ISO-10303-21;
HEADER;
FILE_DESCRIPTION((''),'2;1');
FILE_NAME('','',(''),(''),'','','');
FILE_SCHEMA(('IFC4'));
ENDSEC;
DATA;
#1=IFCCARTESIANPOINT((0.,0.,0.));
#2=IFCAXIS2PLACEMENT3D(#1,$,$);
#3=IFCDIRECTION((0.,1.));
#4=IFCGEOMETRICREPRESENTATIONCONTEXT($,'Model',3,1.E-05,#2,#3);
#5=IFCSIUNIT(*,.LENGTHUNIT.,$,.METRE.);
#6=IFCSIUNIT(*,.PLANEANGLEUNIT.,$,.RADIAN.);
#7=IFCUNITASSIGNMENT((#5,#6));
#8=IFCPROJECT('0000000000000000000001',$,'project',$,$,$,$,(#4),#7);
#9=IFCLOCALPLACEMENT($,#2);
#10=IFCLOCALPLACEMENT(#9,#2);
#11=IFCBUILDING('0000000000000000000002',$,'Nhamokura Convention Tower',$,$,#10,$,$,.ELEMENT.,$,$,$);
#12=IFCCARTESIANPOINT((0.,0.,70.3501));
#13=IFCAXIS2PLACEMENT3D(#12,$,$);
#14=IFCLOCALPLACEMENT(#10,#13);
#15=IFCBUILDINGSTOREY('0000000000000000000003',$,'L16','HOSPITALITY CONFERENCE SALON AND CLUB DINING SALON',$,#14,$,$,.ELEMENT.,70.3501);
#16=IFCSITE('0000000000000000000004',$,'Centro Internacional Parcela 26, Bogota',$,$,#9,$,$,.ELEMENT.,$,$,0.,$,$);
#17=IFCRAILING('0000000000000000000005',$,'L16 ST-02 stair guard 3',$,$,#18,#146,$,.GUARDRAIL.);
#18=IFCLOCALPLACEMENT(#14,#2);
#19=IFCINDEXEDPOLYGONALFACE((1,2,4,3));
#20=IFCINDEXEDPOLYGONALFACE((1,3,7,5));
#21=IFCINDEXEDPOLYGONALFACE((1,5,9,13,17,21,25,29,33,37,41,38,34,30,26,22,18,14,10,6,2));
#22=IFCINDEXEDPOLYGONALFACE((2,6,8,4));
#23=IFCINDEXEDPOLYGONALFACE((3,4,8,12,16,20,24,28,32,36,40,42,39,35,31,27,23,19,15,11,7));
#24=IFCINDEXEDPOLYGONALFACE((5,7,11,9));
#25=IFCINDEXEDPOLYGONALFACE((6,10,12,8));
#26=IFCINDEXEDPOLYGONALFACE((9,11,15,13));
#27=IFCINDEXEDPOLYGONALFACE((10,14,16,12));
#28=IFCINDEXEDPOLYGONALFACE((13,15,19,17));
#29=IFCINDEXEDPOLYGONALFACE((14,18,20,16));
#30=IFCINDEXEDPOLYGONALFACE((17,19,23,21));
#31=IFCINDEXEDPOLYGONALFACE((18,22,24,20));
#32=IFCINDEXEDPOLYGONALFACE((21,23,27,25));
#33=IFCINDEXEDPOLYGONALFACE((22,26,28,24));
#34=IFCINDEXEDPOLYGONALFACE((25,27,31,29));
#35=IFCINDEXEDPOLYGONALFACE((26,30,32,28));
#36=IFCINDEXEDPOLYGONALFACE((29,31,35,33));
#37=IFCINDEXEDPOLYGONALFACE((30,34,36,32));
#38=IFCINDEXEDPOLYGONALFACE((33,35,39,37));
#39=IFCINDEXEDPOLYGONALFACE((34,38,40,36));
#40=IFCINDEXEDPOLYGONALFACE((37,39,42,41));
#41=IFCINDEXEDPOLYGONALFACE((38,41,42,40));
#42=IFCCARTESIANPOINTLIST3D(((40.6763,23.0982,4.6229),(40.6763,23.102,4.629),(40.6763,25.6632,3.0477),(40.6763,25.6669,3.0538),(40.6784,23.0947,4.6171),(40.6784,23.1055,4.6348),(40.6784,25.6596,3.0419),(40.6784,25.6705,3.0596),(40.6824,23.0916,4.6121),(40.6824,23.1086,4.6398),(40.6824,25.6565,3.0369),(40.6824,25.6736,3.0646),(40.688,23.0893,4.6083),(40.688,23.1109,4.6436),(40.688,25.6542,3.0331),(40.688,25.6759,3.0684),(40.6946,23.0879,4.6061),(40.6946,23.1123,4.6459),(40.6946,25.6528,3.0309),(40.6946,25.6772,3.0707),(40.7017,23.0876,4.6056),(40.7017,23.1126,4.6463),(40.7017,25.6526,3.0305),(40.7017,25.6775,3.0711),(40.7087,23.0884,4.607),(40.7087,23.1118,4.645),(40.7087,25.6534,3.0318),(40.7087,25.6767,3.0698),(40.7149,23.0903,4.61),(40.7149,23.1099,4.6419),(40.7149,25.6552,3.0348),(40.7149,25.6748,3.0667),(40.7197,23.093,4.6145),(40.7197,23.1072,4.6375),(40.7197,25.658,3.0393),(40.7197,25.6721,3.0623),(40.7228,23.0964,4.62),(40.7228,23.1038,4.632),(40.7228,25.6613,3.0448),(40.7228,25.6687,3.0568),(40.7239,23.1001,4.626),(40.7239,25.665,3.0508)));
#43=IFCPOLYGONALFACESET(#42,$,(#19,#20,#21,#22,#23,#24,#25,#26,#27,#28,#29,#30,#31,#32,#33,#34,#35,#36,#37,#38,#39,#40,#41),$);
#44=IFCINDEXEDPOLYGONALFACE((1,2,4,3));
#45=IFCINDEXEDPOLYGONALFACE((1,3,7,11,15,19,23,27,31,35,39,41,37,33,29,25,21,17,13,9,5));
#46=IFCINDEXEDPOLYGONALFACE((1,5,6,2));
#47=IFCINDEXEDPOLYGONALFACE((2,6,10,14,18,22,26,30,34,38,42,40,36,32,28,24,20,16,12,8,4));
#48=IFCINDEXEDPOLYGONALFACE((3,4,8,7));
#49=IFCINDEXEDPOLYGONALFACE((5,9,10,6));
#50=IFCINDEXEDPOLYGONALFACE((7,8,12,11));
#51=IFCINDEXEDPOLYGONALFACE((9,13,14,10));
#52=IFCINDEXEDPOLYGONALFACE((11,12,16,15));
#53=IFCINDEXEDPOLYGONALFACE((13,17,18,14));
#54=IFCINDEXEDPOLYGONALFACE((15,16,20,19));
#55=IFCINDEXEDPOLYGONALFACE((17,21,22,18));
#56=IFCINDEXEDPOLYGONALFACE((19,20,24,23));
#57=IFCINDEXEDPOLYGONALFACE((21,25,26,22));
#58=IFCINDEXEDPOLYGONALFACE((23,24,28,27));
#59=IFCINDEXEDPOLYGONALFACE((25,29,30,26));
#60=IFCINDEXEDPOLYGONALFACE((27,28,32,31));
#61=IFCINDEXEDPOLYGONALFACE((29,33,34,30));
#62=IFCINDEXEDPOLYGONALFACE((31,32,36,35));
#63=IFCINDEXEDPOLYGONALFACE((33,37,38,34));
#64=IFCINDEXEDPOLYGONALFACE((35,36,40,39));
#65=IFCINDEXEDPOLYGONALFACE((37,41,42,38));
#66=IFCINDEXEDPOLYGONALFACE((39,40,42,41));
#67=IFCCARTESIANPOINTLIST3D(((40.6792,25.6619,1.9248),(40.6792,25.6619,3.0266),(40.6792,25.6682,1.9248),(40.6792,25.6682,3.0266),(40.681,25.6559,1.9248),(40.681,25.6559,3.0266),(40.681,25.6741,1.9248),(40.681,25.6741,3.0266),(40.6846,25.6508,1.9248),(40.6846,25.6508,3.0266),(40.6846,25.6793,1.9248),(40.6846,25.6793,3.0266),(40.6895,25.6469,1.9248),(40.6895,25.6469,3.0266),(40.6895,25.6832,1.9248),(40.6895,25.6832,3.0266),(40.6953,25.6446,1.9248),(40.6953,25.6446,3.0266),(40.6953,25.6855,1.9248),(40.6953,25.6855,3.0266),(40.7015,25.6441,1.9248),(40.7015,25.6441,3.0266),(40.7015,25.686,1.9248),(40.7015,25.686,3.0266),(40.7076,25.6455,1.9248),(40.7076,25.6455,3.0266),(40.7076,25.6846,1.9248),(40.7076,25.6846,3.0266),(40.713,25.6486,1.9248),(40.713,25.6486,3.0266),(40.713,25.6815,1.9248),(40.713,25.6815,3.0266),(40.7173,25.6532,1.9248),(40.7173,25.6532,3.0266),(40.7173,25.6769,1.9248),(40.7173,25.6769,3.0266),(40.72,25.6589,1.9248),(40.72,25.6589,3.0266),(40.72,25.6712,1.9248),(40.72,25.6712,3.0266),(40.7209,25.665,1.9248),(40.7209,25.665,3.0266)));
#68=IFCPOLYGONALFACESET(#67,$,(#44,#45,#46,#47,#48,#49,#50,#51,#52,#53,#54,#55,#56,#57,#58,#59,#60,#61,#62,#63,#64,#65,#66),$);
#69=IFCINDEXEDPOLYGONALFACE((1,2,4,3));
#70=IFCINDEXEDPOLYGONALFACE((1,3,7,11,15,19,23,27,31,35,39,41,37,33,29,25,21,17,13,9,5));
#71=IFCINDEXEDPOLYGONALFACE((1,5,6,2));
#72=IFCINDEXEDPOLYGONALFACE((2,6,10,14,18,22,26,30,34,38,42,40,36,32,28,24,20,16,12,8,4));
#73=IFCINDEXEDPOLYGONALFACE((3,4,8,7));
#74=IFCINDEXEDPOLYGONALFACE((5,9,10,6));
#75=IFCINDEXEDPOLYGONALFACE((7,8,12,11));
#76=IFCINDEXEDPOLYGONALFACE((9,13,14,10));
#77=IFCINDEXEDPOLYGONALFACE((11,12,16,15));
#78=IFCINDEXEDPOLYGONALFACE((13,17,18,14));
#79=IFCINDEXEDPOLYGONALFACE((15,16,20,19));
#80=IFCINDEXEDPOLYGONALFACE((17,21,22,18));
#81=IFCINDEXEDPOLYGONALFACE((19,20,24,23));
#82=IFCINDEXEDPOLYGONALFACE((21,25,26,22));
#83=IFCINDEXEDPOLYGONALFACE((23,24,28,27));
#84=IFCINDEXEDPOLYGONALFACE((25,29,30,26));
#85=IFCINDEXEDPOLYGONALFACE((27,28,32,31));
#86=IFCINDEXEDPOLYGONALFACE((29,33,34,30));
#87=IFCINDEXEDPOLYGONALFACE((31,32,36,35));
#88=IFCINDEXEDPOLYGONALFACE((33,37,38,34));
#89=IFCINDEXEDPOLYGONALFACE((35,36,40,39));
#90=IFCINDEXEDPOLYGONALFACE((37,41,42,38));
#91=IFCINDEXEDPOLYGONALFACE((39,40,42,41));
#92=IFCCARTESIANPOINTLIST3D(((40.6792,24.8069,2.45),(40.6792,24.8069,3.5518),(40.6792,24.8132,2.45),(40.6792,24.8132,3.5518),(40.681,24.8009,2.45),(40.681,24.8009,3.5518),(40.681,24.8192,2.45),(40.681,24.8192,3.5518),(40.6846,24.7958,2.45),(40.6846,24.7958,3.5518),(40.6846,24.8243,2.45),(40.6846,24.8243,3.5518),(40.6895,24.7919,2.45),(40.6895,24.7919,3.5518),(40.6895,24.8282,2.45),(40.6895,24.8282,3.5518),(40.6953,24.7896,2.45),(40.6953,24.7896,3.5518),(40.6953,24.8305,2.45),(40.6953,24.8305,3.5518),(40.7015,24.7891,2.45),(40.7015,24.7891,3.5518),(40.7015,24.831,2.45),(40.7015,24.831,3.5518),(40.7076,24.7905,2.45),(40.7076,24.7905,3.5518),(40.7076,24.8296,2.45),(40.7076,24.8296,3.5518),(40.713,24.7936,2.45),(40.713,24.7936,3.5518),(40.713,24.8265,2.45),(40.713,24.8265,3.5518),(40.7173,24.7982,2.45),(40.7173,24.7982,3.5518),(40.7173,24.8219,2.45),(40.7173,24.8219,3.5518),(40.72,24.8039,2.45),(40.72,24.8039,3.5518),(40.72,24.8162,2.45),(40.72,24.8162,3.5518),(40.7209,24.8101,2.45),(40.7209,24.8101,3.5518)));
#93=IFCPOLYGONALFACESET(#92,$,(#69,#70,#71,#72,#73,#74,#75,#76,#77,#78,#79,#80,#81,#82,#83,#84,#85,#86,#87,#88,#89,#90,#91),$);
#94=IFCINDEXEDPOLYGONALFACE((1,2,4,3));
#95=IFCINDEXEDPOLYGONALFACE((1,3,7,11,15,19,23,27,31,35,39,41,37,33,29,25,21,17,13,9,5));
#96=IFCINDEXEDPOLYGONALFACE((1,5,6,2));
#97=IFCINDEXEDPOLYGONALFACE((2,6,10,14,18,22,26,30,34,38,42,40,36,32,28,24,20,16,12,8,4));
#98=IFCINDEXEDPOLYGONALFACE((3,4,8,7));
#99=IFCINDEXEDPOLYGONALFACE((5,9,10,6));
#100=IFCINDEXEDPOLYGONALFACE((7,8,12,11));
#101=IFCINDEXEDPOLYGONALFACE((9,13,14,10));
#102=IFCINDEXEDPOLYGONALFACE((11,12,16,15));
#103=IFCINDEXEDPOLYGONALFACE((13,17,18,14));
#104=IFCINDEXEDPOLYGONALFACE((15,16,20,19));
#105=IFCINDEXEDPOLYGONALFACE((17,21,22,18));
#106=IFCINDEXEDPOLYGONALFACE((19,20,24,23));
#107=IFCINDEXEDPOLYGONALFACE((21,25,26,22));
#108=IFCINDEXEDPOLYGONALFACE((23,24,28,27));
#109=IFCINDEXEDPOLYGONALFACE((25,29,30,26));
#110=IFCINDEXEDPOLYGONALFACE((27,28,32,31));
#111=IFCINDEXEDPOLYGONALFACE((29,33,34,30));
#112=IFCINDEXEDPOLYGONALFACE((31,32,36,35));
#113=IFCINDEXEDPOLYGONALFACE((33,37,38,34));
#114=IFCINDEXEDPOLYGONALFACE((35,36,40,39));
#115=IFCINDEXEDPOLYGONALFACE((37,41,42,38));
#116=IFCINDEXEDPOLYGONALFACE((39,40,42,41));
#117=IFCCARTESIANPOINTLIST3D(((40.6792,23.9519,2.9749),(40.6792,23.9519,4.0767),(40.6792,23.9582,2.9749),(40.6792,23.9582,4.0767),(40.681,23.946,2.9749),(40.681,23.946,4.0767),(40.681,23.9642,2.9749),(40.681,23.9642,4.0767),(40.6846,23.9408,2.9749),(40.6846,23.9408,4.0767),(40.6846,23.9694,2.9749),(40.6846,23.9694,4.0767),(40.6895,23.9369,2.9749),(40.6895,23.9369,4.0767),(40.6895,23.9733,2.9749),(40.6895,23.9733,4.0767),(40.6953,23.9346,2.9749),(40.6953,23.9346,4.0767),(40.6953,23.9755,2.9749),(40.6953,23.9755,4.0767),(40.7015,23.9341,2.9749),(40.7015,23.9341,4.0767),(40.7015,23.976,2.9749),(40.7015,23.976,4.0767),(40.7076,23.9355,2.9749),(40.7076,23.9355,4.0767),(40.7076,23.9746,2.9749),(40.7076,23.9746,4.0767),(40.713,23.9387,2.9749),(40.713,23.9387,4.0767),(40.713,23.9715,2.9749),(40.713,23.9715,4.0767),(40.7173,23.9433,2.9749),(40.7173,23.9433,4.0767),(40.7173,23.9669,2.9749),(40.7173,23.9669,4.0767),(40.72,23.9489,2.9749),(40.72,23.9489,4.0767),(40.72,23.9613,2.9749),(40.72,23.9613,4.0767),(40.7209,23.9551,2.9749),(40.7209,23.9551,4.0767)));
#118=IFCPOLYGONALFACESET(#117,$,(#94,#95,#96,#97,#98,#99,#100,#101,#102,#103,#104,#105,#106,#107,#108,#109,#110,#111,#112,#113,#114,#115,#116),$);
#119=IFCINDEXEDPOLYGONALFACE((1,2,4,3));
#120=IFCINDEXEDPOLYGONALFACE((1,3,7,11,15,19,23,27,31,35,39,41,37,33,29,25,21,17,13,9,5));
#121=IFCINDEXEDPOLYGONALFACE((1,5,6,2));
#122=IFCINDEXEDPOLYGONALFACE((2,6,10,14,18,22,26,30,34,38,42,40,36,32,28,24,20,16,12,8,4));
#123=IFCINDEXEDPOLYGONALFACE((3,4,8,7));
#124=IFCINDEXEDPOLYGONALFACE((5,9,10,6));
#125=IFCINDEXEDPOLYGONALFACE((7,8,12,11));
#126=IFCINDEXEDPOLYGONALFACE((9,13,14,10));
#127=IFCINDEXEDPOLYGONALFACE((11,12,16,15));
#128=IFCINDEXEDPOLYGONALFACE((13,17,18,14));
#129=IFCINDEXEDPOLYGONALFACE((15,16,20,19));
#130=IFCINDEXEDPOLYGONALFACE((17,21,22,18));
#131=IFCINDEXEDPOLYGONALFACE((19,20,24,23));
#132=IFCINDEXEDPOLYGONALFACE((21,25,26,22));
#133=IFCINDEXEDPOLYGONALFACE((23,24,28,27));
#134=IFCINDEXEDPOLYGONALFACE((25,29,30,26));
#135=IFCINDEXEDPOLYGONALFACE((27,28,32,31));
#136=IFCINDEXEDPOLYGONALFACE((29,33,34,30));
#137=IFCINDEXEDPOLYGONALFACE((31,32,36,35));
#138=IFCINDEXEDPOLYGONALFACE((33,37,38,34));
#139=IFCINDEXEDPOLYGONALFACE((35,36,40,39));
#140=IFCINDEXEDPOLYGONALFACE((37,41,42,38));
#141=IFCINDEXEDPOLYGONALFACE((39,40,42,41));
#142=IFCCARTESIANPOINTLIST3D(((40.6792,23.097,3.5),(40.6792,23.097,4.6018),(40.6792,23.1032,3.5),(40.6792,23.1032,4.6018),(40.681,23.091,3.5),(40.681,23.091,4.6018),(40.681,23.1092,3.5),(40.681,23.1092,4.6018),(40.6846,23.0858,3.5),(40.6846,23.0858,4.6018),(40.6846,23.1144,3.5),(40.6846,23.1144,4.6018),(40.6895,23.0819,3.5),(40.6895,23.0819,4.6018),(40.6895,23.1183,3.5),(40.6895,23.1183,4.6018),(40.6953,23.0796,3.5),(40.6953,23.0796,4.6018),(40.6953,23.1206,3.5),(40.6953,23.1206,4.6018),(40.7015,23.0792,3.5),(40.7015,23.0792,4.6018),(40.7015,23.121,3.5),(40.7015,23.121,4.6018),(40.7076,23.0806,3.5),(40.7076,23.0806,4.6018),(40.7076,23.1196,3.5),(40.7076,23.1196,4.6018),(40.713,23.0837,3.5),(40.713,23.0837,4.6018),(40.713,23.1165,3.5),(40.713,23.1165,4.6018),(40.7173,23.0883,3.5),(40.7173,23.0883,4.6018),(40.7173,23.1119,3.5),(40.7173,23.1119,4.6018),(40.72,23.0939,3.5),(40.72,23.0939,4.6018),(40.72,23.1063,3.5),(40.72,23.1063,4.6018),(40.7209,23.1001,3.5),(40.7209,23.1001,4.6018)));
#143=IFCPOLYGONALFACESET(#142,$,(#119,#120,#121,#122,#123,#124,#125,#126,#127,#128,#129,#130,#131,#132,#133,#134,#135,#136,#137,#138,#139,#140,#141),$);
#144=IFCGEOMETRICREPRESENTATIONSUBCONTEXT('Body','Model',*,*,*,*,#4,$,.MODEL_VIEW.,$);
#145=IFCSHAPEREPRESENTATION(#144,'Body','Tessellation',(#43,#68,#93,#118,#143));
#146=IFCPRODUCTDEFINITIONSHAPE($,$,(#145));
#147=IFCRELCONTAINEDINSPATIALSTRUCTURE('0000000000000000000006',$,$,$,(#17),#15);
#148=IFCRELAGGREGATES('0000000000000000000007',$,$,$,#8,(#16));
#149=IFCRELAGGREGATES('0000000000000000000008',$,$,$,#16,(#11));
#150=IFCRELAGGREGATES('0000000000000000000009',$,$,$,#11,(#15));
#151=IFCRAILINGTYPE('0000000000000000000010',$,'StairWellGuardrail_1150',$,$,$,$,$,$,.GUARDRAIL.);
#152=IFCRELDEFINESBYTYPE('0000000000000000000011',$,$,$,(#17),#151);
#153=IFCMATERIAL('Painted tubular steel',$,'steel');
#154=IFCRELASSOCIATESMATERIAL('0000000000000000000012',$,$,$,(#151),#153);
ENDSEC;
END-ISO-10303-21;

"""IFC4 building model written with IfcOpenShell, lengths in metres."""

from ifc_helpers import new_model, si_unit, direction, frame, origin, origin_2d, place, context, subcontext, project, spatial, circle, extrude, material, type_object, element, save


model = new_model("IFC4")

# Units and contexts
model_context = context("Model", 3, precision=1e-05, world=origin(), true_north=direction((0.0, 1.0)))
body_context = subcontext(model_context, "Body", "Model", "MODEL_VIEW")
ifc_project = project(units=[si_unit("LENGTHUNIT", "METRE"), si_unit("PLANEANGLEUNIT", "RADIAN")], contexts=[model_context])

# Site, building, storey
site_placement = place(None, origin())
site = spatial("IfcSite", under=ifc_project, at=site_placement, Name="Centro Internacional Parcela 26, Bogota", CompositionType="ELEMENT", RefElevation=0.0)
building_placement = place(site_placement, origin())
building = spatial("IfcBuilding", under=site, at=building_placement, Name="Nhamokura Convention Tower", CompositionType="ELEMENT")
storey_placement = place(building_placement, frame((0.0, 0.0, 70.3501)))
storey = spatial("IfcBuildingStorey", under=building, at=storey_placement, Name="L16", Description="HOSPITALITY CONFERENCE SALON AND CLUB DINING SALON", CompositionType="ELEMENT", Elevation=70.3501)

# Railing
ifc_material_1 = material(Name="Painted tubular steel", Category="steel")
railing_type_1 = type_object("IfcRailingType", Name="StairWellGuardrail_1150", PredefinedType="GUARDRAIL", material=ifc_material_1)
railing_1_placement = place(storey_placement, frame((40.7, 25.665, 1.9248)))
element("IfcRailing", 1, at=railing_1_placement, inside=storey, type_object=railing_type_1, Name="L16 ST-02 stair guard 3", PredefinedType="GUARDRAIL", context=body_context, shape_type="SweptSolid", body=[
    extrude(circle(Radius=0.0239, at=origin_2d()), frame((0.0, 0.0, 1.126), z_axis=(0.0, -0.852137, 0.523319), x_axis=(1.0, 0.0, 0.0)), (0.0, 0.0, 1.0), 3.01),
    extrude(circle(Radius=0.021, at=origin_2d()), origin(), (0.0, 0.0, 1.0), 1.1018),
    extrude(circle(Radius=0.021, at=origin_2d()), frame((0.0, -0.855, 0.5251)), (0.0, 0.0, 1.0), 1.1018),
    extrude(circle(Radius=0.021, at=origin_2d()), frame((0.0, -1.71, 1.05)), (0.0, 0.0, 1.0), 1.1018),
    extrude(circle(Radius=0.021, at=origin_2d()), frame((0.0, -2.5649, 1.5752)), (0.0, 0.0, 1.0), 1.1018),
])

save(model, "model.ifc")
